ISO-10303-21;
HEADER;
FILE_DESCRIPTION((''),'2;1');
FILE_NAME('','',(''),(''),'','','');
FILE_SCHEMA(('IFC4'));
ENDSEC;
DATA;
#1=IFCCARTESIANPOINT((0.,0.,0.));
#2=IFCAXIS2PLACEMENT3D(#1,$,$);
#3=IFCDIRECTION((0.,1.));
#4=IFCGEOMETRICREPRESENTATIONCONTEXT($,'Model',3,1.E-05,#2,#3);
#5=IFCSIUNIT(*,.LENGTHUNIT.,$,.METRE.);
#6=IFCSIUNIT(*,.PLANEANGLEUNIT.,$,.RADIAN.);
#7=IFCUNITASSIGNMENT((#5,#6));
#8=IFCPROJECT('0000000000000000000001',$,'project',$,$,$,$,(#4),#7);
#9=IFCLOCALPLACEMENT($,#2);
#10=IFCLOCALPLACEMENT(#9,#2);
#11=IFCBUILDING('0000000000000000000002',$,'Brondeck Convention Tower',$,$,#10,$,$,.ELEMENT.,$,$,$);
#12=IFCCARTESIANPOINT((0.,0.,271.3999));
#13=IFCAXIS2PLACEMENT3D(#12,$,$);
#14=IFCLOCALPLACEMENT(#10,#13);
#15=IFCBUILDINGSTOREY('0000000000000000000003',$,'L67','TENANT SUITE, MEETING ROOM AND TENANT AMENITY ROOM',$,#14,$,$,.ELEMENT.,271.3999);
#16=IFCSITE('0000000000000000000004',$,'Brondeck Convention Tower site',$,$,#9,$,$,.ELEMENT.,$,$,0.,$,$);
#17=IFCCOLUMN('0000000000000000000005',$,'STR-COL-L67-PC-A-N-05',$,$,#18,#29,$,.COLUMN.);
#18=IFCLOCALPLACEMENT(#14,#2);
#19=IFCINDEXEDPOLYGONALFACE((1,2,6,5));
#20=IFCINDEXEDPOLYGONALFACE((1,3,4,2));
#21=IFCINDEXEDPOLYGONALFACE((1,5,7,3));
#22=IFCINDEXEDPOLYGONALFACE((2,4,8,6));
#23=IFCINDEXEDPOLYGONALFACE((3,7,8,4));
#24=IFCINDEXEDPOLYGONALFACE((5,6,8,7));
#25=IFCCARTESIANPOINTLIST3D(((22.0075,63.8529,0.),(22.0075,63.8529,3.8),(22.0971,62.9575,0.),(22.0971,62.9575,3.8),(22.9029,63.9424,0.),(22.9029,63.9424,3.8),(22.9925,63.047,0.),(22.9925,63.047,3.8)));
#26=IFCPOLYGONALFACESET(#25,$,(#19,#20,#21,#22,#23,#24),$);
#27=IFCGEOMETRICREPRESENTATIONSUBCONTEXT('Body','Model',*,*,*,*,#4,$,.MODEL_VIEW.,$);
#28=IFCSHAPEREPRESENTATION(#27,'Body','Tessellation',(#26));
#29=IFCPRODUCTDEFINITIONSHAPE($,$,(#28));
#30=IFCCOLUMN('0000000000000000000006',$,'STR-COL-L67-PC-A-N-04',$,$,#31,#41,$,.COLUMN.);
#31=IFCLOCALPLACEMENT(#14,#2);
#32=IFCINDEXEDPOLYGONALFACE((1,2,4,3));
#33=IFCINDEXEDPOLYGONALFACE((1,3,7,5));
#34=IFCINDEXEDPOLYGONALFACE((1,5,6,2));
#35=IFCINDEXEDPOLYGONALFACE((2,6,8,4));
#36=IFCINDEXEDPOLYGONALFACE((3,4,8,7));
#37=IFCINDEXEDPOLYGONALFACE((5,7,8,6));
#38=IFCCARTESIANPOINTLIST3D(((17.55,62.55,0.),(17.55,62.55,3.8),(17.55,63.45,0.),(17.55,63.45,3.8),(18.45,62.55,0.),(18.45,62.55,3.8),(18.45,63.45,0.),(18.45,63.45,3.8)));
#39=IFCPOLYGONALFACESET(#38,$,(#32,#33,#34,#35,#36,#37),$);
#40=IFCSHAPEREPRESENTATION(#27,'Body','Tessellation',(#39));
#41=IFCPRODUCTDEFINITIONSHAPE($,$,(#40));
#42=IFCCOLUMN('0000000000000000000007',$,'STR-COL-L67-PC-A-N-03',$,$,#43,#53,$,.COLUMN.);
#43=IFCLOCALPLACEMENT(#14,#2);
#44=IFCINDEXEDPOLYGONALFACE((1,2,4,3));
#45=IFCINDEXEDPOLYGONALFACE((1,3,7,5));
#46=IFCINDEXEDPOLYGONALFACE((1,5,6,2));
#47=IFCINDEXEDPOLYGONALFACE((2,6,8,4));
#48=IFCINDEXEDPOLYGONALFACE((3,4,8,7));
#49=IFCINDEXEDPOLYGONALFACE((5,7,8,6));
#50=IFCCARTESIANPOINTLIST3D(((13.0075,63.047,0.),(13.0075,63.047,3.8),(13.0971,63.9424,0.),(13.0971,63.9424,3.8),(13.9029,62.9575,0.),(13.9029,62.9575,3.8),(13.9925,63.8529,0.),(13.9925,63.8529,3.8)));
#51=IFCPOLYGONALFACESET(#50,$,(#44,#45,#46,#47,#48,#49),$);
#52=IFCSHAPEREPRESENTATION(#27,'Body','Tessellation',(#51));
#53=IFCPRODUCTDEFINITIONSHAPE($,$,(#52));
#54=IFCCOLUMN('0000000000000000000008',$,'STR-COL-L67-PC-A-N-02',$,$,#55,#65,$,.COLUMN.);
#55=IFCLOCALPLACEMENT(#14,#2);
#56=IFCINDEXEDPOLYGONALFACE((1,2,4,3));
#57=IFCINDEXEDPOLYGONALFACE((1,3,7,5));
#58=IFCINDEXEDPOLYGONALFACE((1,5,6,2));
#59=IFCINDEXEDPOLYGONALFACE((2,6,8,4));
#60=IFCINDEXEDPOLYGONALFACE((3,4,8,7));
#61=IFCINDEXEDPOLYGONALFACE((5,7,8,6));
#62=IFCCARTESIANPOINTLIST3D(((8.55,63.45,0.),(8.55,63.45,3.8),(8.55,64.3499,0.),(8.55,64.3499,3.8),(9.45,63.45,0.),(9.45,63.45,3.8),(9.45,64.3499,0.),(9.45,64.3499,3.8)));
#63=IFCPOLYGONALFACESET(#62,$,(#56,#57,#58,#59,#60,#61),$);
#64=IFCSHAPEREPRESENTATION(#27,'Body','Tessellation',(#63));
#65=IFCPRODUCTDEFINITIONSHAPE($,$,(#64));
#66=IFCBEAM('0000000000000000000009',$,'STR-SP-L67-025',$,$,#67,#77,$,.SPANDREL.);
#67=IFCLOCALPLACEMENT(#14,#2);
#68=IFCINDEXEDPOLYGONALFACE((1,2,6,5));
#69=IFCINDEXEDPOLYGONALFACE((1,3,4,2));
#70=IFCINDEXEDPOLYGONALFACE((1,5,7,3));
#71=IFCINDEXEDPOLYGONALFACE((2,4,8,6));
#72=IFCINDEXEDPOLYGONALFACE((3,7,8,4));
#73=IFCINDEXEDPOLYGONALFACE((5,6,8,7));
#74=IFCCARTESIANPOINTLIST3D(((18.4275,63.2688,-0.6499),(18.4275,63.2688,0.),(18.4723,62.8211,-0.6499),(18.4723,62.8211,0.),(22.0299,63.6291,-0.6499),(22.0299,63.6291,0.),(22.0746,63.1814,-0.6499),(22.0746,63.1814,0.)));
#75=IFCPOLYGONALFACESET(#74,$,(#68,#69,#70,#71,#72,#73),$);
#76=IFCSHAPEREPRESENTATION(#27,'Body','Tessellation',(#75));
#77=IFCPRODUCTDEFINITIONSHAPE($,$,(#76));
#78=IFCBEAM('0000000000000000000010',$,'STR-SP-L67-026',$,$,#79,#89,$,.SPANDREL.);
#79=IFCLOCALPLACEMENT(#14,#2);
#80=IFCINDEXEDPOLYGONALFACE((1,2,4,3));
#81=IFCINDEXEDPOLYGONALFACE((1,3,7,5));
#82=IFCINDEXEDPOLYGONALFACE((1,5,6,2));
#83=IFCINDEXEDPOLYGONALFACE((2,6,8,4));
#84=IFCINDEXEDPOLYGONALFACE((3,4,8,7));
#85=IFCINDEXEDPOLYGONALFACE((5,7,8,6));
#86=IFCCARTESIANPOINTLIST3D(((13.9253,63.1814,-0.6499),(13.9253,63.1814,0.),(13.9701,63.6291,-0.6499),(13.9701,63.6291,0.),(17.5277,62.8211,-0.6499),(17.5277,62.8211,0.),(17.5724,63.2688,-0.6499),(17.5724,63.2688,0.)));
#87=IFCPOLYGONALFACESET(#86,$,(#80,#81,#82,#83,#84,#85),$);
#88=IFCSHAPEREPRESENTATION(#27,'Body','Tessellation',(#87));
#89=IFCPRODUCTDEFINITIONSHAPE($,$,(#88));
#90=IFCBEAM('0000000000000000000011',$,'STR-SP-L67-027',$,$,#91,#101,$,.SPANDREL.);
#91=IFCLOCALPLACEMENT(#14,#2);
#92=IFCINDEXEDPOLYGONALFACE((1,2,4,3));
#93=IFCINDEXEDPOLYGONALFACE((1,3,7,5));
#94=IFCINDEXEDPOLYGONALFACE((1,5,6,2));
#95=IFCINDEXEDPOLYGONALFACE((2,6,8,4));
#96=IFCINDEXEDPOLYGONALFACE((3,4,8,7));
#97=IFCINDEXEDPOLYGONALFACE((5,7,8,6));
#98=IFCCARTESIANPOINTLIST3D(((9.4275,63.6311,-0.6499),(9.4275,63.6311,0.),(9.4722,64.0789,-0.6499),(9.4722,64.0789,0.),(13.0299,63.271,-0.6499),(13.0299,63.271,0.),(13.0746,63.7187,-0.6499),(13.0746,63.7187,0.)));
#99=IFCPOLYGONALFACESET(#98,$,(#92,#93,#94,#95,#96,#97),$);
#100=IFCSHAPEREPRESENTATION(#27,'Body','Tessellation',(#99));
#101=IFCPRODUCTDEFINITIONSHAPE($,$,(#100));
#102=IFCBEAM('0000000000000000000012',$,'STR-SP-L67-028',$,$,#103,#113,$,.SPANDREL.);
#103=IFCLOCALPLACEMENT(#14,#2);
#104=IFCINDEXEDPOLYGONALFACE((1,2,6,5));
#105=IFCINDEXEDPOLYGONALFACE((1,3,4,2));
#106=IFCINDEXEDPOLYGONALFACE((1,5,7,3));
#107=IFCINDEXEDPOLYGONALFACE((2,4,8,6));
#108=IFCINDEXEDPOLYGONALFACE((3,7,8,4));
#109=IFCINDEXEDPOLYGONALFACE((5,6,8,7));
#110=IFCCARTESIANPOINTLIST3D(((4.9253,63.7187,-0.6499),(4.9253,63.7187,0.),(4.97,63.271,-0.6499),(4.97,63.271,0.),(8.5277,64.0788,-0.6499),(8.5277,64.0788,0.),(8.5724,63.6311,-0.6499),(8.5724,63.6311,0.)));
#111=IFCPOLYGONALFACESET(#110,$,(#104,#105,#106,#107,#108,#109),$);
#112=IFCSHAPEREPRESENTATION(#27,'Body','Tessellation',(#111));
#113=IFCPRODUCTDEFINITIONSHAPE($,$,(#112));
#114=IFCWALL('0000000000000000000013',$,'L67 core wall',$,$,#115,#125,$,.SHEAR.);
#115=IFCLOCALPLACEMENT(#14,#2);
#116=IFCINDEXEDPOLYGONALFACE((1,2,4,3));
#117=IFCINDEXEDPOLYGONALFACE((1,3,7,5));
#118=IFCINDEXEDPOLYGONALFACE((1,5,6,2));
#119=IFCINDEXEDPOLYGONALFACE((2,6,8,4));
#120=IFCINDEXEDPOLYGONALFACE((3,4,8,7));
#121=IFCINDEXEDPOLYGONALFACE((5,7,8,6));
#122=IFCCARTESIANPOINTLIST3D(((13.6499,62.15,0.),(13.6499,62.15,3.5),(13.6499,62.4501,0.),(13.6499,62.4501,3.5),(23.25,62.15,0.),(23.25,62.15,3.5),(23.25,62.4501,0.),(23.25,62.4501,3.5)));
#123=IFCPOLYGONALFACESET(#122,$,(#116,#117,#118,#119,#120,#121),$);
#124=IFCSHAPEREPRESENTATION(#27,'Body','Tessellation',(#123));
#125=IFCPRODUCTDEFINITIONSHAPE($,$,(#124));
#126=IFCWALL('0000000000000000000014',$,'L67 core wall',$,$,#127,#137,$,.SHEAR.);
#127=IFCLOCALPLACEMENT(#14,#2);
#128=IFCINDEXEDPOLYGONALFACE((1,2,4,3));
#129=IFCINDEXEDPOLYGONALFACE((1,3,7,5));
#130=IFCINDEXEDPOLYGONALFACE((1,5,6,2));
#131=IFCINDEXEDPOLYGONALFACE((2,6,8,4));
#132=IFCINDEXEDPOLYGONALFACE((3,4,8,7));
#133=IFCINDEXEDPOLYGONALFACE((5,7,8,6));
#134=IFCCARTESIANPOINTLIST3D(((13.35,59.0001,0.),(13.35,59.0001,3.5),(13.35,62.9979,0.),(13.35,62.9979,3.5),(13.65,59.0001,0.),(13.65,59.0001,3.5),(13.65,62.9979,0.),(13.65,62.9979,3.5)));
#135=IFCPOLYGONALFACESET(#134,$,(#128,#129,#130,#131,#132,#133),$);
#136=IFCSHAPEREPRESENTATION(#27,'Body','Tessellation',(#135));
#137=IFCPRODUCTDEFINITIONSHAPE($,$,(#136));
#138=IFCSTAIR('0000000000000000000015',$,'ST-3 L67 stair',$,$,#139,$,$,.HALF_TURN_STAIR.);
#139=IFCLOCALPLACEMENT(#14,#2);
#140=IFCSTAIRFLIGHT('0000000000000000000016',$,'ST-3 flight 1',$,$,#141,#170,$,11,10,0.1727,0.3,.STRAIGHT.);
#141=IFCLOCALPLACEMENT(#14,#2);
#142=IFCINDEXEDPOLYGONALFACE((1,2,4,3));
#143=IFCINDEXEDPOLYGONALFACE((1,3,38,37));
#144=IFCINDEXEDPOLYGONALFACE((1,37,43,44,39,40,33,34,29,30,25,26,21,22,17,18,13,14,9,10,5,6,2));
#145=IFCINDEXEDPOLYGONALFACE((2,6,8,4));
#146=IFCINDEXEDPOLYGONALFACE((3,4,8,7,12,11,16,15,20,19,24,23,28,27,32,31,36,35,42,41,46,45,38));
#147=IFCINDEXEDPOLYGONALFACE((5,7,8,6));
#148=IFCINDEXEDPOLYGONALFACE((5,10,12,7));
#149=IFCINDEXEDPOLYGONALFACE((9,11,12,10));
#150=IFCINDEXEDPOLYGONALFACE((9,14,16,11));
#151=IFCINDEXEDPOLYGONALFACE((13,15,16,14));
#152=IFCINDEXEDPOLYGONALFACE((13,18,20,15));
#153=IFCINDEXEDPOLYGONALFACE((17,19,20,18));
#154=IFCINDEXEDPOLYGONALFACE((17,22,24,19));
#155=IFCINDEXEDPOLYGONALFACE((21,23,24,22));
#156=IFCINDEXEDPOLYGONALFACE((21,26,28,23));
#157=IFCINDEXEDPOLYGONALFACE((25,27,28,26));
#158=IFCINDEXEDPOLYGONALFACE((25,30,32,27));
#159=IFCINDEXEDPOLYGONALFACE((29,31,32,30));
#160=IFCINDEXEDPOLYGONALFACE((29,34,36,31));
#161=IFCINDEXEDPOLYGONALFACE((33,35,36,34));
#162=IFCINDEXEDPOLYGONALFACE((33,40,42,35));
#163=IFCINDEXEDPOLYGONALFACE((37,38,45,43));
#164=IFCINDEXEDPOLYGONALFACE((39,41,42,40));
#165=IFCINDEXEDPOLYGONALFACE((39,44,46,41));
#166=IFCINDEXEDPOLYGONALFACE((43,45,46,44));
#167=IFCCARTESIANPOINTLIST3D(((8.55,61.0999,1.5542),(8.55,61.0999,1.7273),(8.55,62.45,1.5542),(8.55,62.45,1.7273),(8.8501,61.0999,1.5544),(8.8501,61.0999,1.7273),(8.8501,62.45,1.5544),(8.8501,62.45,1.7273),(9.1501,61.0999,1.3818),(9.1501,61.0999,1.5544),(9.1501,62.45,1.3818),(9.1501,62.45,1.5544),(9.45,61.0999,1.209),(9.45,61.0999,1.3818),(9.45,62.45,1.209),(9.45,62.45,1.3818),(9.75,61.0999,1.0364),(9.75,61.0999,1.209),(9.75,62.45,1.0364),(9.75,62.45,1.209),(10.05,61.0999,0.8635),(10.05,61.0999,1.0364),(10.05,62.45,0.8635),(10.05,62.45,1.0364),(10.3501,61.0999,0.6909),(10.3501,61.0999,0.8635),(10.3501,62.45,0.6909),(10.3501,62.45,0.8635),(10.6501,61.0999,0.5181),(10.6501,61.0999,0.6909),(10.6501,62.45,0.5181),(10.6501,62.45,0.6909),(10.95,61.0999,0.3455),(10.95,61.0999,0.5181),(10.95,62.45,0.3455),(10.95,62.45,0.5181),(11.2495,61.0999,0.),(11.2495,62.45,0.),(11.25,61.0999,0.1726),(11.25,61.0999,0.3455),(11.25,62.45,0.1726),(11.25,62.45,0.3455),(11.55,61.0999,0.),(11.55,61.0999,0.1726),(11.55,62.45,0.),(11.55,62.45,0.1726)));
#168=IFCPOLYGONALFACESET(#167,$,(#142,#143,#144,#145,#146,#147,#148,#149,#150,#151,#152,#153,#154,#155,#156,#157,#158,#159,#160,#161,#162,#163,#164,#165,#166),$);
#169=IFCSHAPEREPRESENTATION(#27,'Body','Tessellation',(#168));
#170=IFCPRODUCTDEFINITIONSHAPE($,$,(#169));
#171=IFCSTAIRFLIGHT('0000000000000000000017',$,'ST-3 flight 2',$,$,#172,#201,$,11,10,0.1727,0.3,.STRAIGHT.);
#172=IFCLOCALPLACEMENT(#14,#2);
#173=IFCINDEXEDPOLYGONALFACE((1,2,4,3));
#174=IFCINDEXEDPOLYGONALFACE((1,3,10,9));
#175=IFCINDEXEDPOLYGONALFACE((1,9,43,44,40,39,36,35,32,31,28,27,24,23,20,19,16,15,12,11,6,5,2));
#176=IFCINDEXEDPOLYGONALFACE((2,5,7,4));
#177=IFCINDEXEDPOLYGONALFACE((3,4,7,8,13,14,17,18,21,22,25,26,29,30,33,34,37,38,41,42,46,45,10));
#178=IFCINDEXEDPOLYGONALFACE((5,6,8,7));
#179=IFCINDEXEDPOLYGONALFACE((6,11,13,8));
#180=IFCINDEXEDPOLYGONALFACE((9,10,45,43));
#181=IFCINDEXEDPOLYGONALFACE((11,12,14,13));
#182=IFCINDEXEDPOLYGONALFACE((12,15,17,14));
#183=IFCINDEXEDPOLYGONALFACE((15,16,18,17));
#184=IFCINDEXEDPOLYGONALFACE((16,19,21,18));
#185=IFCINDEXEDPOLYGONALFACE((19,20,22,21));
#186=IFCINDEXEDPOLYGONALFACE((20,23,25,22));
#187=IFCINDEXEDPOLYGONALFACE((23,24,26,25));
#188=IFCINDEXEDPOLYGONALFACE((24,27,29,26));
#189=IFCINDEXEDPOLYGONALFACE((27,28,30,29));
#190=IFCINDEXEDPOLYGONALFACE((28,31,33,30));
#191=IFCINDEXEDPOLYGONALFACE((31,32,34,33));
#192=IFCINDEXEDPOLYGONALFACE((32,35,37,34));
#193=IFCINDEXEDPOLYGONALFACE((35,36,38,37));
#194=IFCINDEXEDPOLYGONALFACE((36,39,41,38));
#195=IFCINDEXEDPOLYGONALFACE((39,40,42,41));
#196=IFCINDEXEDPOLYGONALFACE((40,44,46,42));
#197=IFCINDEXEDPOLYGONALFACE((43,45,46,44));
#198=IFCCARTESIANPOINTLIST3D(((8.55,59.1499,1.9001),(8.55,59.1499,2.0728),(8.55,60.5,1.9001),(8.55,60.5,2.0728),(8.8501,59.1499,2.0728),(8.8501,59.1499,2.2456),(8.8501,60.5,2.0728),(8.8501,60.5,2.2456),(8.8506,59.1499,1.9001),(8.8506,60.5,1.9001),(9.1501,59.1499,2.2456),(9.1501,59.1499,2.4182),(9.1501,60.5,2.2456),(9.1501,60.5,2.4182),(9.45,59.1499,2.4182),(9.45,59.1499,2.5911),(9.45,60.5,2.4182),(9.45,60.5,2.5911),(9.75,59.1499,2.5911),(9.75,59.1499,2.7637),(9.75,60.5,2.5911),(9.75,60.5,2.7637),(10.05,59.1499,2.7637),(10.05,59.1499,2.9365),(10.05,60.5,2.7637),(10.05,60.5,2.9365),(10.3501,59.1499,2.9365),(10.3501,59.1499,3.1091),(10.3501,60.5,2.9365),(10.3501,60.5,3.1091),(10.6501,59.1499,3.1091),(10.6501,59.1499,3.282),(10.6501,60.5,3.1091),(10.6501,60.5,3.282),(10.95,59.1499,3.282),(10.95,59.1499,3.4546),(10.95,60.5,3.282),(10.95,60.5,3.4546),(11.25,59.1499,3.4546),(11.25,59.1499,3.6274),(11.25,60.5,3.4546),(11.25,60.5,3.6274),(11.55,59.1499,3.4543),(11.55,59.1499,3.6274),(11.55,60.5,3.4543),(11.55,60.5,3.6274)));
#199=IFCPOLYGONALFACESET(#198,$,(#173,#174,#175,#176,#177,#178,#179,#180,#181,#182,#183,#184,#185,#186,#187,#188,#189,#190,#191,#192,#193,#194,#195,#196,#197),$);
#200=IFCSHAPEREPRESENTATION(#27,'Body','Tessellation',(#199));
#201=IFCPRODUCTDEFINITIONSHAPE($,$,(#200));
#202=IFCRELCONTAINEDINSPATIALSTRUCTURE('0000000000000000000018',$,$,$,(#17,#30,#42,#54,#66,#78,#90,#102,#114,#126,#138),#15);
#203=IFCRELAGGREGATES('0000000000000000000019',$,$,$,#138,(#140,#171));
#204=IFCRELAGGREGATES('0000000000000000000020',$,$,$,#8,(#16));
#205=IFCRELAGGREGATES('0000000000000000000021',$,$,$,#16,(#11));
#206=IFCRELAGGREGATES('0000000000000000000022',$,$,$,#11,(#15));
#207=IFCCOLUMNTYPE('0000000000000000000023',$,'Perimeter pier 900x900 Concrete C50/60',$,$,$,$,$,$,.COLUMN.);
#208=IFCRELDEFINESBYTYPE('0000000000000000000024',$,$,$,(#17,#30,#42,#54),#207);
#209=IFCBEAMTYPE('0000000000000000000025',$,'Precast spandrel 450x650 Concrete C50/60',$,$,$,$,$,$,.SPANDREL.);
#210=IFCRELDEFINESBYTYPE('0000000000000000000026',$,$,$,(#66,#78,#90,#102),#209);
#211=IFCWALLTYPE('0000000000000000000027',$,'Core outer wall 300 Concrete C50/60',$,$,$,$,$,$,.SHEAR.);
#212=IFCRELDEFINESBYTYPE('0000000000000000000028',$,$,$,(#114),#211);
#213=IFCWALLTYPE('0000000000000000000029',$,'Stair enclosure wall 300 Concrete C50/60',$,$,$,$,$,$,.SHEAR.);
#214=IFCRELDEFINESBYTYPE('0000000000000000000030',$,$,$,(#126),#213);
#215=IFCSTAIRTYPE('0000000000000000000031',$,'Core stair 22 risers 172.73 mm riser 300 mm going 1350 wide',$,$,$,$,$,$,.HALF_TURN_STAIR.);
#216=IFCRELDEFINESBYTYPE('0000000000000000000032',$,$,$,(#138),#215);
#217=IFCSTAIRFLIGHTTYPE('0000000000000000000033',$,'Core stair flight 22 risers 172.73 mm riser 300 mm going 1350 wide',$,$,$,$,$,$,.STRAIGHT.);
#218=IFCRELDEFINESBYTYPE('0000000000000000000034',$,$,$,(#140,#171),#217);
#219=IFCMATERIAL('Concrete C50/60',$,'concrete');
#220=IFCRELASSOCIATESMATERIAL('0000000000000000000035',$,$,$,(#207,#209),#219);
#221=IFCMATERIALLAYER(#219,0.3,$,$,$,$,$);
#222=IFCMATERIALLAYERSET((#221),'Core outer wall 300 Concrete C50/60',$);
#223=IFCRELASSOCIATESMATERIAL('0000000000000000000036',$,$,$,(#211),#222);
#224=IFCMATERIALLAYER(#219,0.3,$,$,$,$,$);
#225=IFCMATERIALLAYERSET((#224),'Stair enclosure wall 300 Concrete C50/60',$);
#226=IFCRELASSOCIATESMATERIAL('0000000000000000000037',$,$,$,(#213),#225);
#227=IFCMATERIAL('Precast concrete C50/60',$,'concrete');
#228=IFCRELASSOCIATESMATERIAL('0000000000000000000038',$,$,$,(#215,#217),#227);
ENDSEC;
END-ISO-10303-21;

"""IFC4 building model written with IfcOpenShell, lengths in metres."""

from ifc_helpers import new_model, si_unit, direction, frame, frame_2d, origin, origin_2d, place, context, subcontext, project, spatial, polyline, rectangle, outline, extrude, material, layer, layer_set, material_profile, profile_set, type_object, element, aggregate, save


model = new_model("IFC4")

# Units and contexts
model_context = context("Model", 3, precision=1e-05, world=origin(), true_north=direction((0.0, 1.0)))
body_context = subcontext(model_context, "Body", "Model", "MODEL_VIEW")
ifc_project = project(units=[si_unit("LENGTHUNIT", "METRE"), si_unit("PLANEANGLEUNIT", "RADIAN")], contexts=[model_context])

# Site, building, storey
site_placement = place(None, origin())
site = spatial("IfcSite", under=ifc_project, at=site_placement, Name="Brondeck Convention Tower site", CompositionType="ELEMENT", RefElevation=0.0)
building_placement = place(site_placement, origin())
building = spatial("IfcBuilding", under=site, at=building_placement, Name="Brondeck Convention Tower", CompositionType="ELEMENT")
storey_placement = place(building_placement, frame((0.0, 0.0, 271.3999)))
storey = spatial("IfcBuildingStorey", under=building, at=storey_placement, Name="L67", Description="TENANT SUITE, MEETING ROOM AND TENANT AMENITY ROOM", CompositionType="ELEMENT", Elevation=271.3999)

# Columns
ifc_material_1 = material(Name="Concrete C50/60", Category="concrete")
ifc_material_profile_1 = material_profile(ifc_material_1, rectangle(XDim=0.8999, YDim=0.8999, at=origin_2d()), Name="Perimeter pier 900x900 Concrete C50/60")
ifc_profile_set_1 = profile_set([ifc_material_profile_1], Name="Concrete C50/60")
column_type = type_object("IfcColumnType", Name="Perimeter pier 900x900 Concrete C50/60", PredefinedType="COLUMN", material=ifc_profile_set_1)
for number, where, z_axis, x_axis, name in (
    (1, (22.5, 63.45, 0.0), (0.0, 0.0, 1.0), (-0.995037, -0.099504, 0.0), "STR-COL-L67-PC-A-N-05"),
    (2, (18.0, 63.0, 0.0), (0.0, 0.0, 1.0), (-1.0, 0.0, 0.0), "STR-COL-L67-PC-A-N-04"),
    (3, (13.5, 63.45, 0.0), (0.0, 0.0, 1.0), (-0.995037, 0.099504, 0.0), "STR-COL-L67-PC-A-N-03"),
    (4, (9.0, 63.8999, 0.0), (0.0, 0.0, 1.0), (-1.0, 0.0, 0.0), "STR-COL-L67-PC-A-N-02"),
):
    element("IfcColumn", number, at=place(storey_placement, frame(where, z_axis=z_axis, x_axis=x_axis)), inside=storey, type_object=column_type, Name=name, PredefinedType="COLUMN", context=body_context, shape_type="SweptSolid", body=[
        extrude(rectangle(XDim=0.8999, YDim=0.8999, at=origin_2d()), origin(), (0.0, 0.0, 1.0), 3.8),
    ])

# Beams
ifc_material_profile_2 = material_profile(ifc_material_1, rectangle(XDim=0.45, YDim=0.6499, at=origin_2d()), Name="Precast spandrel 450x650 Concrete C50/60")
ifc_profile_set_2 = profile_set([ifc_material_profile_2], Name="Concrete C50/60")
beam_type = type_object("IfcBeamType", Name="Precast spandrel 450x650 Concrete C50/60", PredefinedType="SPANDREL", material=ifc_profile_set_2)
for number, where, z_axis, x_axis, name in (
    (5, (22.0522, 63.4053, -0.325), (-0.995034, -0.099537, 0.0), (0.099537, -0.995034, 0.0), "STR-SP-L67-025"),
    (6, (17.55, 63.0449, -0.325), (-0.995034, 0.099537, 0.0), (-0.099537, -0.995034, 0.0), "STR-SP-L67-026"),
    (7, (13.0522, 63.4949, -0.325), (-0.995041, 0.09947, 0.0), (-0.09947, -0.995041, 0.0), "STR-SP-L67-027"),
    (8, (8.55, 63.855, -0.325), (-0.995041, -0.09947, 0.0), (0.09947, -0.995041, 0.0), "STR-SP-L67-028"),
):
    element("IfcBeam", number, at=place(storey_placement, frame(where, z_axis=z_axis, x_axis=x_axis)), inside=storey, type_object=beam_type, Name=name, PredefinedType="SPANDREL", context=body_context, shape_type="SweptSolid", body=[
        extrude(rectangle(XDim=0.45, YDim=0.6499, at=origin_2d()), origin(), (0.0, 0.0, 1.0), 3.6204),
    ])

# Walls
ifc_layer_1 = layer(ifc_material_1, 0.3)
ifc_layer_set_1 = layer_set([ifc_layer_1], Name="Core outer wall 300 Concrete C50/60")
wall_type_1 = type_object("IfcWallType", Name="Core outer wall 300 Concrete C50/60", PredefinedType="SHEAR", material=ifc_layer_set_1)
wall_1_placement = place(storey_placement, frame((13.6499, 62.3, 0.0), z_axis=(0.0, 0.0, 1.0), x_axis=(1.0, 0.0, 0.0)))
element("IfcWall", 9, at=wall_1_placement, inside=storey, type_object=wall_type_1, Name="L67 core wall", PredefinedType="SHEAR", context=body_context, shape_type="SweptSolid", body=[
    extrude(rectangle(XDim=9.6001, YDim=0.3, at=frame_2d((4.8, 0.0))), origin(), (0.0, 0.0, 1.0), 3.5),
])
ifc_layer_2 = layer(ifc_material_1, 0.3)
ifc_layer_set_2 = layer_set([ifc_layer_2], Name="Stair enclosure wall 300 Concrete C50/60")
wall_type_2 = type_object("IfcWallType", Name="Stair enclosure wall 300 Concrete C50/60", PredefinedType="SHEAR", material=ifc_layer_set_2)
wall_2_placement = place(storey_placement, frame((13.5, 59.0, 0.0), z_axis=(0.0, 0.0, 1.0), x_axis=(0.0, 1.0, 0.0)))
element("IfcWall", 10, at=wall_2_placement, inside=storey, type_object=wall_type_2, Name="L67 core wall", PredefinedType="SHEAR", context=body_context, shape_type="SweptSolid", body=[
    extrude(rectangle(XDim=3.9978, YDim=0.3, at=frame_2d((1.999, 0.0))), origin(), (0.0, 0.0, 1.0), 3.5),
])

# Stair, stair flights
ifc_material_2 = material(Name="Precast concrete C50/60", Category="concrete")
stair_type = type_object("IfcStairType", Name="Core stair 22 risers 172.73 mm riser 300 mm going 1350 wide", PredefinedType="HALF_TURN_STAIR", material=ifc_material_2)
stair_placement = place(storey_placement, origin())
stair = element("IfcStair", 11, at=stair_placement, inside=storey, type_object=stair_type, Name="ST-3 L67 stair", PredefinedType="HALF_TURN_STAIR")
stair_flight_type = type_object("IfcStairFlightType", Name="Core stair flight 22 risers 172.73 mm riser 300 mm going 1350 wide", PredefinedType="STRAIGHT", material=ifc_material_2)
stair_flight_1_placement = place(storey_placement, frame((11.55, 61.7749, 0.0), z_axis=(0.0, 0.0, 1.0), x_axis=(-1.0, 0.0, 0.0)))
stair_flight_1 = element("IfcStairFlight", 12, at=stair_flight_1_placement, type_object=stair_flight_type, Name="ST-3 flight 1", NumberOfRisers=11, NumberOfTreads=10, PredefinedType="STRAIGHT", RiserHeight=0.1727, TreadLength=0.3, context=body_context, shape_type="SweptSolid", body=[
    extrude(outline(polyline([(0.0, 0.0), (0.0, 0.1726), (0.3, 0.1726), (0.3, 0.3455), (0.6001, 0.3455), (0.6001, 0.5181), (0.8999, 0.5181), (0.8999, 0.6909), (1.2, 0.6909), (1.2, 0.8635), (1.5, 0.8635), (1.5, 1.0364), (1.8, 1.0364), (1.8, 1.209), (2.1001, 1.209), (2.1001, 1.3818), (2.3999, 1.3818), (2.3999, 1.5544), (2.7, 1.5544), (2.7, 1.7273), (3.0, 1.7273), (3.0, 1.8999), (3.0, 1.5542), (0.3005, 0.0), (0.0, 0.0)])), frame((0.0, 0.675, 0.0), z_axis=(0.0, -1.0, 0.0), x_axis=(1.0, 0.0, 0.0)), (0.0, 0.0, 1.0), 1.3501),
])
stair_flight_2_placement = place(storey_placement, frame((8.55, 59.825, 1.9001), z_axis=(0.0, 0.0, 1.0), x_axis=(1.0, 0.0, 0.0)))
stair_flight_2 = element("IfcStairFlight", 13, at=stair_flight_2_placement, type_object=stair_flight_type, Name="ST-3 flight 2", NumberOfRisers=11, NumberOfTreads=10, PredefinedType="STRAIGHT", RiserHeight=0.1727, TreadLength=0.3, context=body_context, shape_type="SweptSolid", body=[
    extrude(outline(polyline([(0.0, 0.0), (0.0, 0.1726), (0.3, 0.1726), (0.3, 0.3455), (0.6001, 0.3455), (0.6001, 0.5181), (0.8999, 0.5181), (0.8999, 0.6909), (1.2, 0.6909), (1.2, 0.8635), (1.5, 0.8635), (1.5, 1.0364), (1.8, 1.0364), (1.8, 1.209), (2.1001, 1.209), (2.1001, 1.3818), (2.3999, 1.3818), (2.3999, 1.5544), (2.7, 1.5544), (2.7, 1.7273), (3.0, 1.7273), (3.0, 1.8999), (3.0, 1.5542), (0.3005, 0.0), (0.0, 0.0)])), frame((0.0, 0.675, 0.0), z_axis=(0.0, -1.0, 0.0), x_axis=(1.0, 0.0, 0.0)), (0.0, 0.0, 1.0), 1.3501),
])
aggregate(stair, [stair_flight_1, stair_flight_2])

save(model, "model.ifc")
